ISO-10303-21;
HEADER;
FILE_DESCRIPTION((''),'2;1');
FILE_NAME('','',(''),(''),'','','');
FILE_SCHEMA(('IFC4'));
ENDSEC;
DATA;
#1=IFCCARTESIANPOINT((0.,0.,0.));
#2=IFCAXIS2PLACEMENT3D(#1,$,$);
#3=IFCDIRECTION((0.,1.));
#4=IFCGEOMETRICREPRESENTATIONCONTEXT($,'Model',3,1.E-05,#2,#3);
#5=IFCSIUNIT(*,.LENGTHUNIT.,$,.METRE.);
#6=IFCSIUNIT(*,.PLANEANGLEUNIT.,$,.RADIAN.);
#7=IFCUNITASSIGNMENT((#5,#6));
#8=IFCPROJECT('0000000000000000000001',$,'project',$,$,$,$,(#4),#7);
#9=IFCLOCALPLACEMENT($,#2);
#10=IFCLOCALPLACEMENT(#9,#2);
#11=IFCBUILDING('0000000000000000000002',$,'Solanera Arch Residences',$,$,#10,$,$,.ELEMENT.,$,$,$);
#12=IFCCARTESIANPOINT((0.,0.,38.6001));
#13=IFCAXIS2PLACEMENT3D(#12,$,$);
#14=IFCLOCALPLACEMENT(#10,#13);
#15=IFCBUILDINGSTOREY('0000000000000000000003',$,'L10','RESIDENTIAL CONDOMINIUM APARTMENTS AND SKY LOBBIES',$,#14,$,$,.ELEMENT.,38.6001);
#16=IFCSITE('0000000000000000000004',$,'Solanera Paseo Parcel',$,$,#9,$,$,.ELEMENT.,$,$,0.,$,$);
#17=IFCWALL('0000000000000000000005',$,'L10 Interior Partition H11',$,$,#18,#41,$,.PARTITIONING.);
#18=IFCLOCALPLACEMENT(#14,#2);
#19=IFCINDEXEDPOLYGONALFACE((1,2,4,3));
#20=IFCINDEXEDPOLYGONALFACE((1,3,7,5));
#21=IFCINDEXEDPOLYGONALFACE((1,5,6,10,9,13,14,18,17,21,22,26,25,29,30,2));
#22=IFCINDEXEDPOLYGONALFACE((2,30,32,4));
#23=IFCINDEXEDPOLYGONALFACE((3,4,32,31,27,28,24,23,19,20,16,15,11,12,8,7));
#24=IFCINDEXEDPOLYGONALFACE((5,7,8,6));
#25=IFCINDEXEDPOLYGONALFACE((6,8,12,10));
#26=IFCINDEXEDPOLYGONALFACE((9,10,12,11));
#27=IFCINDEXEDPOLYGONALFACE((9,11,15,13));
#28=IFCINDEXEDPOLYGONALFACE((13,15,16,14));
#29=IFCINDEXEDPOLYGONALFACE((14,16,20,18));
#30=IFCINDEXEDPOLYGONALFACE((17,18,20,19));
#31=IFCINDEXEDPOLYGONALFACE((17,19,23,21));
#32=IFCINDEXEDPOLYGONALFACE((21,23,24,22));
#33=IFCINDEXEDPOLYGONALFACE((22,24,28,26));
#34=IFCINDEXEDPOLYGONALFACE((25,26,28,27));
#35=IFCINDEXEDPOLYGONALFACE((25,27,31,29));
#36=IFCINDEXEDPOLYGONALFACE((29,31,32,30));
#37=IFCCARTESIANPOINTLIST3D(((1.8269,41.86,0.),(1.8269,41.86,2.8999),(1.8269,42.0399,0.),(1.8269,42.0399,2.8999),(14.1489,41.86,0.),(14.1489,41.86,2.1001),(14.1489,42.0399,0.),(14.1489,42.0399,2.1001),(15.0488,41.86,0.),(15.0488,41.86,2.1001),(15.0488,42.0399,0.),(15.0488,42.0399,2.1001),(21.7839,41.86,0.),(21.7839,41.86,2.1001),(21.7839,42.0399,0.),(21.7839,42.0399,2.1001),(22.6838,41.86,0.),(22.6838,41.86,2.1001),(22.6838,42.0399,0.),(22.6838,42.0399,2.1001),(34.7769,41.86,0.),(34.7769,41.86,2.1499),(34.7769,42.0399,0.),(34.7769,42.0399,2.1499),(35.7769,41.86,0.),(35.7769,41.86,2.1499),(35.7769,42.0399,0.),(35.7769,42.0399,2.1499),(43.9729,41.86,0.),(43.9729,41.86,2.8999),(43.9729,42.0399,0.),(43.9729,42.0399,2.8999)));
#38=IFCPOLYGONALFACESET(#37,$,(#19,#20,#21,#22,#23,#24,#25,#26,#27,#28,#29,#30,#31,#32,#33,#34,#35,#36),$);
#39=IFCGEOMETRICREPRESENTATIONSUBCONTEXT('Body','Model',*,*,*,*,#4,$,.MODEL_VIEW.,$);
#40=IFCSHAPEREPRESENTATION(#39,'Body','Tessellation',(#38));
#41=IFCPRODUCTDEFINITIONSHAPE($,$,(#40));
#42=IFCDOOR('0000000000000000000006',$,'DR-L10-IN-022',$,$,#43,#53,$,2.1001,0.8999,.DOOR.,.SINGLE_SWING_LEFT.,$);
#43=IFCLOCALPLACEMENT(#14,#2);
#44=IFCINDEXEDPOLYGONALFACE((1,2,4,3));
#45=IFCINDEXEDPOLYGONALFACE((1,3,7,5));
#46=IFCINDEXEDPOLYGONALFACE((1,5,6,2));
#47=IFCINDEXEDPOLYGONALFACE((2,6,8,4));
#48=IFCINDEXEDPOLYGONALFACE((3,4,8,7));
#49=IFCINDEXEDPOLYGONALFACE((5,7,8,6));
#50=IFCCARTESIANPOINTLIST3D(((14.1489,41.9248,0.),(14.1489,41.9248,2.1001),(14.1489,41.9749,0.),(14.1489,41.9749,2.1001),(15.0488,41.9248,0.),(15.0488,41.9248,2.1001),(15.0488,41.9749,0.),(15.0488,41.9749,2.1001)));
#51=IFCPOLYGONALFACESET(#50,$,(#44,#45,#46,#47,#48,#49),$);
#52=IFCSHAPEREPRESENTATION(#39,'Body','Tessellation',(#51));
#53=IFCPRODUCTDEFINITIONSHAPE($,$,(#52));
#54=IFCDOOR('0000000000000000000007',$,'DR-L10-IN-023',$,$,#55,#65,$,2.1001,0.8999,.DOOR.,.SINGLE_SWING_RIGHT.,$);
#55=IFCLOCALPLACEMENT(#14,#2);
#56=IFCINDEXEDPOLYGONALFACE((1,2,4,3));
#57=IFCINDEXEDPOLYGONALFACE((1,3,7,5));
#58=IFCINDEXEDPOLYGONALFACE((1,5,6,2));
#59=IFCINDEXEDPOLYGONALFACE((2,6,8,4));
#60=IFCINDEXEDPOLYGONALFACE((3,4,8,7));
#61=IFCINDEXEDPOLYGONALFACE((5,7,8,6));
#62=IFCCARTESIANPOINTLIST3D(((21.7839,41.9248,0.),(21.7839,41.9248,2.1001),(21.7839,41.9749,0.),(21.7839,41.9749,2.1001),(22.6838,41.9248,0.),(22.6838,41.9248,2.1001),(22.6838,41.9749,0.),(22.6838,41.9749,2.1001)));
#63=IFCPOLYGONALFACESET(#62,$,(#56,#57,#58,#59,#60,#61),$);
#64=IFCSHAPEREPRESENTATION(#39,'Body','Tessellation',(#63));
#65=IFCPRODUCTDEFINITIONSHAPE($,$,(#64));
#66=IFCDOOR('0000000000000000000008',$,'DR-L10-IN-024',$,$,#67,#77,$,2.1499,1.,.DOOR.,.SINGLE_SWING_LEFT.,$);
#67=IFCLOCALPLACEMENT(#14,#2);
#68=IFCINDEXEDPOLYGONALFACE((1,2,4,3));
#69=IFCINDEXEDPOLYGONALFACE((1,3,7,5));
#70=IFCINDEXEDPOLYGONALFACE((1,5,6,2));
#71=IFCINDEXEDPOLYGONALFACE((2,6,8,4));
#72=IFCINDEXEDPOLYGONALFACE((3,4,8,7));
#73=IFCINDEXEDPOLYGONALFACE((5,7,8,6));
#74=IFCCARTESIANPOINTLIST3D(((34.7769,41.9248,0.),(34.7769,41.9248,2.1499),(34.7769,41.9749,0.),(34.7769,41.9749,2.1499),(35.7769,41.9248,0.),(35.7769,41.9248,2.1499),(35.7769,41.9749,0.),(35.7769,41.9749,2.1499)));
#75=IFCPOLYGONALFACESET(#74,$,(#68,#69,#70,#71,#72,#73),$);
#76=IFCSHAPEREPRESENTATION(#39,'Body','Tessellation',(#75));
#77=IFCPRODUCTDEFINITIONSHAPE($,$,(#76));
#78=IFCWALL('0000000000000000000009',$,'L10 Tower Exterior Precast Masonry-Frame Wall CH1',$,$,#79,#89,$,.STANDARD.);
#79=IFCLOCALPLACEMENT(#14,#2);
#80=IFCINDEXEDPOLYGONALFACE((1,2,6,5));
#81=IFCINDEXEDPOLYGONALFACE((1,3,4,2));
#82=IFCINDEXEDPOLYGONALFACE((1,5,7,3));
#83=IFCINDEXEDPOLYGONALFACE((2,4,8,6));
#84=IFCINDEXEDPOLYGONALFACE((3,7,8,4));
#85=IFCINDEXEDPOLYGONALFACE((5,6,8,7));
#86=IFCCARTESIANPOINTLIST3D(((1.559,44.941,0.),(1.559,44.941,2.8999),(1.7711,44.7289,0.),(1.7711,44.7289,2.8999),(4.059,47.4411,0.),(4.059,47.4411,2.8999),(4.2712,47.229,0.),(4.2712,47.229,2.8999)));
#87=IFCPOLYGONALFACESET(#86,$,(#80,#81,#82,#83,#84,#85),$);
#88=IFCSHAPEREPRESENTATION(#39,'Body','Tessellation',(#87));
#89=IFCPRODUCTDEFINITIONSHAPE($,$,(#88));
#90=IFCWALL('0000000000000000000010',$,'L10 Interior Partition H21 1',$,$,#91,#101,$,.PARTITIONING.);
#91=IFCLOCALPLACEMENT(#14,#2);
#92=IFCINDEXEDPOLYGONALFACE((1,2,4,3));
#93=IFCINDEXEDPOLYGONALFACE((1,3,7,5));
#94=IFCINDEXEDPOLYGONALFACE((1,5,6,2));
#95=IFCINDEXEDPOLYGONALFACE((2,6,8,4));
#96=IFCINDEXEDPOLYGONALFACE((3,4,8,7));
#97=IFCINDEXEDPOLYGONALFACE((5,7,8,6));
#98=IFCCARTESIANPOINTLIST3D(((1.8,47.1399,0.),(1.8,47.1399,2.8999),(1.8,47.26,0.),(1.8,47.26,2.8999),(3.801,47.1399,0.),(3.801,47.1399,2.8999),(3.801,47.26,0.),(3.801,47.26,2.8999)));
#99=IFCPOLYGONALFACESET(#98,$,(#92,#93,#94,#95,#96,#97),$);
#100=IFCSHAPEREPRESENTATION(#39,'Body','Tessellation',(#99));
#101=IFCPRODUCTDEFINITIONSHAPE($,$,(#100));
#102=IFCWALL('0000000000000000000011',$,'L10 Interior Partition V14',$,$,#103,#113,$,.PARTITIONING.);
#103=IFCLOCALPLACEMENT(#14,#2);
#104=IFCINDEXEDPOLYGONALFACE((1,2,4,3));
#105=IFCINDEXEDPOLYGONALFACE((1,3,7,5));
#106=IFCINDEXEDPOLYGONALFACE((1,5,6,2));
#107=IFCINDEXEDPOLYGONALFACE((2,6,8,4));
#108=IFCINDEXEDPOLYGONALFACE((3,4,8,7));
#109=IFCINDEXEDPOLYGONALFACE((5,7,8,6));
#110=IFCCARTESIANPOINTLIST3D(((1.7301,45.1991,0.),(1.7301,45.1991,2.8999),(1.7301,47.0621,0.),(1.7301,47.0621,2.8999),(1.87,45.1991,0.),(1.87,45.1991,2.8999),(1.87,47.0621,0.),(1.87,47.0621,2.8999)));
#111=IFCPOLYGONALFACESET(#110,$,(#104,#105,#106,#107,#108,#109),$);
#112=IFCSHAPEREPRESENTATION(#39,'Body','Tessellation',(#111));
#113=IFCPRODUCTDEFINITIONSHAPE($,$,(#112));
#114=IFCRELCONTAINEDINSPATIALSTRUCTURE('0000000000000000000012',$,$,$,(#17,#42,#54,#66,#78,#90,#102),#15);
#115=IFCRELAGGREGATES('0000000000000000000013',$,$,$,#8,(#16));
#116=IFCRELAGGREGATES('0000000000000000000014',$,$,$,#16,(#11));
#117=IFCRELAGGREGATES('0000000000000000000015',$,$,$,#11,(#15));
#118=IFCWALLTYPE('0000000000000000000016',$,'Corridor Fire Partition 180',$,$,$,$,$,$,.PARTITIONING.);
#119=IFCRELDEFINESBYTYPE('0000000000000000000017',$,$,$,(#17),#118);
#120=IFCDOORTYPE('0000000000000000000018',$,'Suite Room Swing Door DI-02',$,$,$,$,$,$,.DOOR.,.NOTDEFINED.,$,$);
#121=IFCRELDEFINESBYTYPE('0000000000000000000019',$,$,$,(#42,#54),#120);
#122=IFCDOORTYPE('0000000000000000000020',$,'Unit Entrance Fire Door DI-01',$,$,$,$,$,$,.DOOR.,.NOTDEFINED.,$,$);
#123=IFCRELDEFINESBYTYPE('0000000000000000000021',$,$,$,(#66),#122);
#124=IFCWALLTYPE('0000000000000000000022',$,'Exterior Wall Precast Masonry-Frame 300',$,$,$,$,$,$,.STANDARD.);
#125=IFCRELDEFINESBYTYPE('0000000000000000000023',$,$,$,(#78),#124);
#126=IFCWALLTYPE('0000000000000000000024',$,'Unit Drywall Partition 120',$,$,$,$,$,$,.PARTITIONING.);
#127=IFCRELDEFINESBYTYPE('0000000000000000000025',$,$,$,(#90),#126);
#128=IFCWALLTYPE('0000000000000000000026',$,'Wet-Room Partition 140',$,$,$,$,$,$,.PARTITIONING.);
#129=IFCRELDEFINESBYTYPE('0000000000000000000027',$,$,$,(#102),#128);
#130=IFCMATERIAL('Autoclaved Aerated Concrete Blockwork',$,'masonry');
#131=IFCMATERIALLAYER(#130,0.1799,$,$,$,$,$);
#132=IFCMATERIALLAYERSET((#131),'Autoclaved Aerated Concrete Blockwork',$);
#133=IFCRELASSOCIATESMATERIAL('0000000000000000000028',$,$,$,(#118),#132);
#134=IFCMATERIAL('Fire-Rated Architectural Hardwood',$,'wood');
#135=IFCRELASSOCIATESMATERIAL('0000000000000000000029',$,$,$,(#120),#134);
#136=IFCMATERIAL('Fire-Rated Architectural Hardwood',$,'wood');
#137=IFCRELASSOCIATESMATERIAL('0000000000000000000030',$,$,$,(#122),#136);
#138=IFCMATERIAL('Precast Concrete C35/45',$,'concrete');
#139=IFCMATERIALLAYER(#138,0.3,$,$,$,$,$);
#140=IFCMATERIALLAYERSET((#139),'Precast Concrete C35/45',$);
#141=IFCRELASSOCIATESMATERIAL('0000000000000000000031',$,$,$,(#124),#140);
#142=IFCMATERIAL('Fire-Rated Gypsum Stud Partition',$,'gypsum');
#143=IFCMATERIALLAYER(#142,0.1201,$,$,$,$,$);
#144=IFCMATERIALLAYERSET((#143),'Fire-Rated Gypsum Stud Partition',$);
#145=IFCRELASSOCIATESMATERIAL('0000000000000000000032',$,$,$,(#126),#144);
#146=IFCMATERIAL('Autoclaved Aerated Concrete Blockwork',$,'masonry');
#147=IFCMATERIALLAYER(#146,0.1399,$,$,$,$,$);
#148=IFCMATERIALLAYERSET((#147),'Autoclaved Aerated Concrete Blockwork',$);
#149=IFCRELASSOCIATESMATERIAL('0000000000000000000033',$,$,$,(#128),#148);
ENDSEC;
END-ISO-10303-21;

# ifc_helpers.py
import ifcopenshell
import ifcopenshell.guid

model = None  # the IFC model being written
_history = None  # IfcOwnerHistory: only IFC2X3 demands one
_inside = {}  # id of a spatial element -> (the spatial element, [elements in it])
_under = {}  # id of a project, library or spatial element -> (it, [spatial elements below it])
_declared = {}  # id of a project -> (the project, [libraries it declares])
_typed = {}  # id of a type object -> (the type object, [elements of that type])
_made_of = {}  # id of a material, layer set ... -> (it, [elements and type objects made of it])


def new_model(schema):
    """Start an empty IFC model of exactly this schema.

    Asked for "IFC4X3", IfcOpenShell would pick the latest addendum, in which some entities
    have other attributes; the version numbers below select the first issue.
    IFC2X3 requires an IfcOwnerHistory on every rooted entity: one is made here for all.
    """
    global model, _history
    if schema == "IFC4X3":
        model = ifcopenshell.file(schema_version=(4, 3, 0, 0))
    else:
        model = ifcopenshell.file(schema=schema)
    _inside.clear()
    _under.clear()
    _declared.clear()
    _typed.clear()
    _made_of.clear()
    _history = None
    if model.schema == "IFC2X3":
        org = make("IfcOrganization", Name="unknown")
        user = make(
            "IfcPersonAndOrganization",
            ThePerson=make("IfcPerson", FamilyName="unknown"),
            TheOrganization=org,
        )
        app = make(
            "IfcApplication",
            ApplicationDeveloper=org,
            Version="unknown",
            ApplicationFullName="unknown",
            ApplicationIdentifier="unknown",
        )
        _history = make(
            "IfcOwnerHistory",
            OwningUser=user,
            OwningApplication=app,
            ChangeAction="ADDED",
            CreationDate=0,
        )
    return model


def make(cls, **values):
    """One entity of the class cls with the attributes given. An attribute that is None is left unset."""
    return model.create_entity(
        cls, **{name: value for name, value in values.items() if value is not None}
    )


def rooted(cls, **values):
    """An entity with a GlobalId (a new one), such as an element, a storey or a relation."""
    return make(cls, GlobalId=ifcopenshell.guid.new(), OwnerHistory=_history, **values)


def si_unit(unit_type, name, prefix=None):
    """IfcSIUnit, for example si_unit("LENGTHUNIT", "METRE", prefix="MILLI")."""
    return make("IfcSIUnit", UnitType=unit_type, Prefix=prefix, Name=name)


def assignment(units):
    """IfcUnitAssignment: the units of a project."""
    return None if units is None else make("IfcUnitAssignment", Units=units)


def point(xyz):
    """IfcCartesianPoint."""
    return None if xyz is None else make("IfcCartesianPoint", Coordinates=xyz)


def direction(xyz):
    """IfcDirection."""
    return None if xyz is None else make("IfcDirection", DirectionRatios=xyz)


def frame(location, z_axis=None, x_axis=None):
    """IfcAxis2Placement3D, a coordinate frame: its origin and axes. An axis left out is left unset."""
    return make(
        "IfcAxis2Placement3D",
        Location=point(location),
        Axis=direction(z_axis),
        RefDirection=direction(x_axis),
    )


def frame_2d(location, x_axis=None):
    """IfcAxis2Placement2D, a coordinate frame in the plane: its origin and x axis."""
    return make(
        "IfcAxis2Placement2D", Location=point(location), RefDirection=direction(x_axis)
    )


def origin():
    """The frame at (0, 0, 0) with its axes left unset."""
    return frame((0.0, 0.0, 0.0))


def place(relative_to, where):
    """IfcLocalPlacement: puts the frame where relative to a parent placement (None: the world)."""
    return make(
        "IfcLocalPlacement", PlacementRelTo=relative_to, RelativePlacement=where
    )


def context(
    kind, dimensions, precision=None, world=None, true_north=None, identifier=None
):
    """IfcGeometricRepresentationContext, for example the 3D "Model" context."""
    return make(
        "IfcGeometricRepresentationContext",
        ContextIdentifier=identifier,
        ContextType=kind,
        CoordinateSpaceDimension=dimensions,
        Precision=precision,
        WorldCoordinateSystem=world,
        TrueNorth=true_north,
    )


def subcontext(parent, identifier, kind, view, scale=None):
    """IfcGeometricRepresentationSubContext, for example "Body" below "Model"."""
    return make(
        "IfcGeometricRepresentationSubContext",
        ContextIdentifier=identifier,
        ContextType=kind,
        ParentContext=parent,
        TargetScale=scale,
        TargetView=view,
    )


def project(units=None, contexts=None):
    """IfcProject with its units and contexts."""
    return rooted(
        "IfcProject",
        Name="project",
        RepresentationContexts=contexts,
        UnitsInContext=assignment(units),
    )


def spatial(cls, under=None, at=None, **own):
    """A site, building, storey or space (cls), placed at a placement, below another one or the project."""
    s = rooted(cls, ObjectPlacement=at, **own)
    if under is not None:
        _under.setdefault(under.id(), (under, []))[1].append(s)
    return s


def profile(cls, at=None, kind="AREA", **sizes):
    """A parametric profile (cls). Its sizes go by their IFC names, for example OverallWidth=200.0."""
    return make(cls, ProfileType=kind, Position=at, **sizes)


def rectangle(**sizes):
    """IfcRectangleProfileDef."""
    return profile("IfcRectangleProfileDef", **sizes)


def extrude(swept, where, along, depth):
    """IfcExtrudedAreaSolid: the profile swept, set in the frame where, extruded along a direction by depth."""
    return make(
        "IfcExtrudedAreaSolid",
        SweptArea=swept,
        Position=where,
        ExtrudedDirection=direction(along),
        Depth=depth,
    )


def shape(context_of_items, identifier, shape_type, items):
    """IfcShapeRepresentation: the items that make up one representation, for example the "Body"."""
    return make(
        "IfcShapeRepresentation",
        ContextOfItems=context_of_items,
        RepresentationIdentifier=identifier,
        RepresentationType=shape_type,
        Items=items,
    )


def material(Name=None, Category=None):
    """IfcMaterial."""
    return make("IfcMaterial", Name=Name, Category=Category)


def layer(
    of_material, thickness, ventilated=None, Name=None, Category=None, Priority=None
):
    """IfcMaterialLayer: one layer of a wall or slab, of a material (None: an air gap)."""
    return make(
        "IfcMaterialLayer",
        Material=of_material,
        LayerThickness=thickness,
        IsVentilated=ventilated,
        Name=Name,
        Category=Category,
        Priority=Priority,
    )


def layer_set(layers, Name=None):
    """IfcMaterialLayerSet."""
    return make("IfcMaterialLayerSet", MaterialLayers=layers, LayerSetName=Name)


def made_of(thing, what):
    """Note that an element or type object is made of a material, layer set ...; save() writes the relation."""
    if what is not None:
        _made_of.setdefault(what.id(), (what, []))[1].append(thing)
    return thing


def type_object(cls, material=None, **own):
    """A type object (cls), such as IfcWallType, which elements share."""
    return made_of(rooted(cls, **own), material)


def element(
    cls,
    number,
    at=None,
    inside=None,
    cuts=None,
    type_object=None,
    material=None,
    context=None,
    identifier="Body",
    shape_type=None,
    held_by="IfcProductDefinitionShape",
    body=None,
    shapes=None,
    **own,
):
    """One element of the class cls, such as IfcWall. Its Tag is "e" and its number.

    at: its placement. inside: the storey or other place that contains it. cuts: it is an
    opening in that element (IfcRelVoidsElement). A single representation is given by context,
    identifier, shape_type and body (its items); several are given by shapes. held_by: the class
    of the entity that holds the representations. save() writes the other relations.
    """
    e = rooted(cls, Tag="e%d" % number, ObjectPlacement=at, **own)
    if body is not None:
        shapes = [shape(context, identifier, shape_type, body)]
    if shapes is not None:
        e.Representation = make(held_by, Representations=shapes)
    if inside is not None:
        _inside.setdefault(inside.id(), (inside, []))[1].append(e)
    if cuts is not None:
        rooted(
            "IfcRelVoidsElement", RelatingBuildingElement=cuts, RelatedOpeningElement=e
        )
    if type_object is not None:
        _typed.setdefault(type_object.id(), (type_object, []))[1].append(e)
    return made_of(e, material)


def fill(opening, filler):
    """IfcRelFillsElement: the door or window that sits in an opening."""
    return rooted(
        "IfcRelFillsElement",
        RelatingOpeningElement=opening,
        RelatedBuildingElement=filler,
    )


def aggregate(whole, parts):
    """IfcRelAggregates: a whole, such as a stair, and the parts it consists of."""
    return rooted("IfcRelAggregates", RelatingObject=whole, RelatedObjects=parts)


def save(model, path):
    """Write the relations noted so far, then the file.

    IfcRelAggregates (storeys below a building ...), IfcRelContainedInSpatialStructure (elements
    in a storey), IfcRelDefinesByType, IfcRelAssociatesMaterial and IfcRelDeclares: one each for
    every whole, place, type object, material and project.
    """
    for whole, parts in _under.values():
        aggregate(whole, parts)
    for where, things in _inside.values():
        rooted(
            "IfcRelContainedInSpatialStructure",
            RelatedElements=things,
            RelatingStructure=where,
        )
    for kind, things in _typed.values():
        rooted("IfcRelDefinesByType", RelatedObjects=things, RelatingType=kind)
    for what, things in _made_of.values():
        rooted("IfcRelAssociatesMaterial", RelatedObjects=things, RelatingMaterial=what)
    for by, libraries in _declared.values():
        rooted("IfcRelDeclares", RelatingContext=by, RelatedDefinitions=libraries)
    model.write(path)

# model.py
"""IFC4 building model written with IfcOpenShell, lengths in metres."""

from ifc_helpers import new_model, si_unit, direction, frame, frame_2d, origin, place, context, subcontext, project, spatial, rectangle, extrude, material, layer, layer_set, type_object, element, fill, save


model = new_model("IFC4")

# Units and contexts
model_context = context("Model", 3, precision=1e-05, world=origin(), true_north=direction((0.0, 1.0)))
body_context = subcontext(model_context, "Body", "Model", "MODEL_VIEW")
ifc_project = project(units=[si_unit("LENGTHUNIT", "METRE"), si_unit("PLANEANGLEUNIT", "RADIAN")], contexts=[model_context])

# Site, building, storey
site_placement = place(None, origin())
site = spatial("IfcSite", under=ifc_project, at=site_placement, Name="Solanera Paseo Parcel", CompositionType="ELEMENT", RefElevation=0.0)
building_placement = place(site_placement, origin())
building = spatial("IfcBuilding", under=site, at=building_placement, Name="Solanera Arch Residences", CompositionType="ELEMENT")
storey_placement = place(building_placement, frame((0.0, 0.0, 38.6001)))
storey = spatial("IfcBuildingStorey", under=building, at=storey_placement, Name="L10", Description="RESIDENTIAL CONDOMINIUM APARTMENTS AND SKY LOBBIES", CompositionType="ELEMENT", Elevation=38.6001)

# Wall, openings, doors
ifc_material_1 = material(Name="Autoclaved Aerated Concrete Blockwork", Category="masonry")
ifc_layer_1 = layer(ifc_material_1, 0.1799)
ifc_layer_set_1 = layer_set([ifc_layer_1], Name="Autoclaved Aerated Concrete Blockwork")
wall_type_1 = type_object("IfcWallType", Name="Corridor Fire Partition 180", PredefinedType="PARTITIONING", material=ifc_layer_set_1)
ifc_material_2 = material(Name="Fire-Rated Architectural Hardwood", Category="wood")
door_type_1 = type_object("IfcDoorType", Name="Suite Room Swing Door DI-02", OperationType="NOTDEFINED", PredefinedType="DOOR", material=ifc_material_2)
wall_1_placement = place(storey_placement, frame((1.8269, 41.95, 0.0), z_axis=(0.0, 0.0, 1.0), x_axis=(1.0, 0.0, 0.0)))
wall_1 = element("IfcWall", 1, at=wall_1_placement, inside=storey, type_object=wall_type_1, Name="L10 Interior Partition H11", PredefinedType="PARTITIONING", context=body_context, shape_type="SweptSolid", body=[
    extrude(rectangle(XDim=42.146, YDim=0.1799, at=frame_2d((21.073, 0.0))), origin(), (0.0, 0.0, 1.0), 2.8999),
])
opening_1_placement = place(wall_1_placement, frame((12.322, 0.0, 0.0)))
opening_1 = element("IfcOpeningElement", 2, at=opening_1_placement, cuts=wall_1, PredefinedType="OPENING", context=body_context, shape_type="SweptSolid", body=[
    extrude(rectangle(XDim=0.8999, YDim=2.1001, at=frame_2d((0.45, 1.05))), frame((0.0, 0.1001, 0.0), z_axis=(0.0, -1.0, 0.0), x_axis=(1.0, 0.0, 0.0)), (0.0, 0.0, 1.0), 0.1999),
])
opening_2_placement = place(wall_1_placement, frame((19.957, 0.0, 0.0)))
opening_2 = element("IfcOpeningElement", 3, at=opening_2_placement, cuts=wall_1, PredefinedType="OPENING", context=body_context, shape_type="SweptSolid", body=[
    extrude(rectangle(XDim=0.8999, YDim=2.1001, at=frame_2d((0.45, 1.05))), frame((0.0, 0.1001, 0.0), z_axis=(0.0, -1.0, 0.0), x_axis=(1.0, 0.0, 0.0)), (0.0, 0.0, 1.0), 0.1999),
])
opening_3_placement = place(wall_1_placement, frame((32.95, 0.0, 0.0)))
opening_3 = element("IfcOpeningElement", 4, at=opening_3_placement, cuts=wall_1, PredefinedType="OPENING", context=body_context, shape_type="SweptSolid", body=[
    extrude(rectangle(XDim=1.0, YDim=2.1499, at=frame_2d((0.5, 1.075))), frame((0.0, 0.1001, 0.0), z_axis=(0.0, -1.0, 0.0), x_axis=(1.0, 0.0, 0.0)), (0.0, 0.0, 1.0), 0.1999),
])
door_1_placement = place(opening_1_placement, origin())
door_1 = element("IfcDoor", 5, at=door_1_placement, inside=storey, type_object=door_type_1, Name="DR-L10-IN-022", OperationType="SINGLE_SWING_LEFT", OverallHeight=2.1001, OverallWidth=0.8999, PredefinedType="DOOR", context=body_context, shape_type="SweptSolid", body=[
    extrude(rectangle(XDim=0.8999, YDim=2.1001, at=frame_2d((0.45, 1.05))), frame((0.0, 0.0249, 0.0), z_axis=(0.0, -1.0, 0.0), x_axis=(1.0, 0.0, 0.0)), (0.0, 0.0, 1.0), 0.05),
])
fill(opening_1, door_1)
door_2_placement = place(opening_2_placement, origin())
door_2 = element("IfcDoor", 6, at=door_2_placement, inside=storey, type_object=door_type_1, Name="DR-L10-IN-023", OperationType="SINGLE_SWING_RIGHT", OverallHeight=2.1001, OverallWidth=0.8999, PredefinedType="DOOR", context=body_context, shape_type="SweptSolid", body=[
    extrude(rectangle(XDim=0.8999, YDim=2.1001, at=frame_2d((0.45, 1.05))), frame((0.0, 0.0249, 0.0), z_axis=(0.0, -1.0, 0.0), x_axis=(1.0, 0.0, 0.0)), (0.0, 0.0, 1.0), 0.05),
])
fill(opening_2, door_2)
ifc_material_3 = material(Name="Fire-Rated Architectural Hardwood", Category="wood")
door_type_2 = type_object("IfcDoorType", Name="Unit Entrance Fire Door DI-01", OperationType="NOTDEFINED", PredefinedType="DOOR", material=ifc_material_3)
door_3_placement = place(opening_3_placement, origin())
door_3 = element("IfcDoor", 7, at=door_3_placement, inside=storey, type_object=door_type_2, Name="DR-L10-IN-024", OperationType="SINGLE_SWING_LEFT", OverallHeight=2.1499, OverallWidth=1.0, PredefinedType="DOOR", context=body_context, shape_type="SweptSolid", body=[
    extrude(rectangle(XDim=1.0, YDim=2.1499, at=frame_2d((0.5, 1.075))), frame((0.0, 0.0249, 0.0), z_axis=(0.0, -1.0, 0.0), x_axis=(1.0, 0.0, 0.0)), (0.0, 0.0, 1.0), 0.05),
])
fill(opening_3, door_3)

# Walls
ifc_material_4 = material(Name="Precast Concrete C35/45", Category="concrete")
ifc_layer_2 = layer(ifc_material_4, 0.3)
ifc_layer_set_2 = layer_set([ifc_layer_2], Name="Precast Concrete C35/45")
wall_type_2 = type_object("IfcWallType", Name="Exterior Wall Precast Masonry-Frame 300", PredefinedType="STANDARD", material=ifc_layer_set_2)
wall_2_placement = place(storey_placement, frame((1.665, 44.835, 0.0), z_axis=(0.0, 0.0, 1.0), x_axis=(0.707107, 0.707107, 0.0)))
element("IfcWall", 8, at=wall_2_placement, inside=storey, type_object=wall_type_2, Name="L10 Tower Exterior Precast Masonry-Frame Wall CH1", PredefinedType="STANDARD", context=body_context, shape_type="SweptSolid", body=[
    extrude(rectangle(XDim=3.5356, YDim=0.3, at=frame_2d((1.7678, 0.0))), origin(), (0.0, 0.0, 1.0), 2.8999),
])
ifc_material_5 = material(Name="Fire-Rated Gypsum Stud Partition", Category="gypsum")
ifc_layer_3 = layer(ifc_material_5, 0.1201)
ifc_layer_set_3 = layer_set([ifc_layer_3], Name="Fire-Rated Gypsum Stud Partition")
wall_type_3 = type_object("IfcWallType", Name="Unit Drywall Partition 120", PredefinedType="PARTITIONING", material=ifc_layer_set_3)
wall_3_placement = place(storey_placement, frame((1.8, 47.2, 0.0), z_axis=(0.0, 0.0, 1.0), x_axis=(1.0, 0.0, 0.0)))
element("IfcWall", 9, at=wall_3_placement, inside=storey, type_object=wall_type_3, Name="L10 Interior Partition H21 1", PredefinedType="PARTITIONING", context=body_context, shape_type="SweptSolid", body=[
    extrude(rectangle(XDim=2.001, YDim=0.1201, at=frame_2d((1.0005, 0.0))), origin(), (0.0, 0.0, 1.0), 2.8999),
])
ifc_material_6 = material(Name="Autoclaved Aerated Concrete Blockwork", Category="masonry")
ifc_layer_4 = layer(ifc_material_6, 0.1399)
ifc_layer_set_4 = layer_set([ifc_layer_4], Name="Autoclaved Aerated Concrete Blockwork")
wall_type_4 = type_object("IfcWallType", Name="Wet-Room Partition 140", PredefinedType="PARTITIONING", material=ifc_layer_set_4)
wall_4_placement = place(storey_placement, frame((1.8, 45.199, 0.0), z_axis=(0.0, 0.0, 1.0), x_axis=(0.0, 1.0, 0.0)))
element("IfcWall", 10, at=wall_4_placement, inside=storey, type_object=wall_type_4, Name="L10 Interior Partition V14", PredefinedType="PARTITIONING", context=body_context, shape_type="SweptSolid", body=[
    extrude(rectangle(XDim=1.863, YDim=0.1399, at=frame_2d((0.9316, 0.0))), origin(), (0.0, 0.0, 1.0), 2.8999),
])

save(model, "model.ifc")
